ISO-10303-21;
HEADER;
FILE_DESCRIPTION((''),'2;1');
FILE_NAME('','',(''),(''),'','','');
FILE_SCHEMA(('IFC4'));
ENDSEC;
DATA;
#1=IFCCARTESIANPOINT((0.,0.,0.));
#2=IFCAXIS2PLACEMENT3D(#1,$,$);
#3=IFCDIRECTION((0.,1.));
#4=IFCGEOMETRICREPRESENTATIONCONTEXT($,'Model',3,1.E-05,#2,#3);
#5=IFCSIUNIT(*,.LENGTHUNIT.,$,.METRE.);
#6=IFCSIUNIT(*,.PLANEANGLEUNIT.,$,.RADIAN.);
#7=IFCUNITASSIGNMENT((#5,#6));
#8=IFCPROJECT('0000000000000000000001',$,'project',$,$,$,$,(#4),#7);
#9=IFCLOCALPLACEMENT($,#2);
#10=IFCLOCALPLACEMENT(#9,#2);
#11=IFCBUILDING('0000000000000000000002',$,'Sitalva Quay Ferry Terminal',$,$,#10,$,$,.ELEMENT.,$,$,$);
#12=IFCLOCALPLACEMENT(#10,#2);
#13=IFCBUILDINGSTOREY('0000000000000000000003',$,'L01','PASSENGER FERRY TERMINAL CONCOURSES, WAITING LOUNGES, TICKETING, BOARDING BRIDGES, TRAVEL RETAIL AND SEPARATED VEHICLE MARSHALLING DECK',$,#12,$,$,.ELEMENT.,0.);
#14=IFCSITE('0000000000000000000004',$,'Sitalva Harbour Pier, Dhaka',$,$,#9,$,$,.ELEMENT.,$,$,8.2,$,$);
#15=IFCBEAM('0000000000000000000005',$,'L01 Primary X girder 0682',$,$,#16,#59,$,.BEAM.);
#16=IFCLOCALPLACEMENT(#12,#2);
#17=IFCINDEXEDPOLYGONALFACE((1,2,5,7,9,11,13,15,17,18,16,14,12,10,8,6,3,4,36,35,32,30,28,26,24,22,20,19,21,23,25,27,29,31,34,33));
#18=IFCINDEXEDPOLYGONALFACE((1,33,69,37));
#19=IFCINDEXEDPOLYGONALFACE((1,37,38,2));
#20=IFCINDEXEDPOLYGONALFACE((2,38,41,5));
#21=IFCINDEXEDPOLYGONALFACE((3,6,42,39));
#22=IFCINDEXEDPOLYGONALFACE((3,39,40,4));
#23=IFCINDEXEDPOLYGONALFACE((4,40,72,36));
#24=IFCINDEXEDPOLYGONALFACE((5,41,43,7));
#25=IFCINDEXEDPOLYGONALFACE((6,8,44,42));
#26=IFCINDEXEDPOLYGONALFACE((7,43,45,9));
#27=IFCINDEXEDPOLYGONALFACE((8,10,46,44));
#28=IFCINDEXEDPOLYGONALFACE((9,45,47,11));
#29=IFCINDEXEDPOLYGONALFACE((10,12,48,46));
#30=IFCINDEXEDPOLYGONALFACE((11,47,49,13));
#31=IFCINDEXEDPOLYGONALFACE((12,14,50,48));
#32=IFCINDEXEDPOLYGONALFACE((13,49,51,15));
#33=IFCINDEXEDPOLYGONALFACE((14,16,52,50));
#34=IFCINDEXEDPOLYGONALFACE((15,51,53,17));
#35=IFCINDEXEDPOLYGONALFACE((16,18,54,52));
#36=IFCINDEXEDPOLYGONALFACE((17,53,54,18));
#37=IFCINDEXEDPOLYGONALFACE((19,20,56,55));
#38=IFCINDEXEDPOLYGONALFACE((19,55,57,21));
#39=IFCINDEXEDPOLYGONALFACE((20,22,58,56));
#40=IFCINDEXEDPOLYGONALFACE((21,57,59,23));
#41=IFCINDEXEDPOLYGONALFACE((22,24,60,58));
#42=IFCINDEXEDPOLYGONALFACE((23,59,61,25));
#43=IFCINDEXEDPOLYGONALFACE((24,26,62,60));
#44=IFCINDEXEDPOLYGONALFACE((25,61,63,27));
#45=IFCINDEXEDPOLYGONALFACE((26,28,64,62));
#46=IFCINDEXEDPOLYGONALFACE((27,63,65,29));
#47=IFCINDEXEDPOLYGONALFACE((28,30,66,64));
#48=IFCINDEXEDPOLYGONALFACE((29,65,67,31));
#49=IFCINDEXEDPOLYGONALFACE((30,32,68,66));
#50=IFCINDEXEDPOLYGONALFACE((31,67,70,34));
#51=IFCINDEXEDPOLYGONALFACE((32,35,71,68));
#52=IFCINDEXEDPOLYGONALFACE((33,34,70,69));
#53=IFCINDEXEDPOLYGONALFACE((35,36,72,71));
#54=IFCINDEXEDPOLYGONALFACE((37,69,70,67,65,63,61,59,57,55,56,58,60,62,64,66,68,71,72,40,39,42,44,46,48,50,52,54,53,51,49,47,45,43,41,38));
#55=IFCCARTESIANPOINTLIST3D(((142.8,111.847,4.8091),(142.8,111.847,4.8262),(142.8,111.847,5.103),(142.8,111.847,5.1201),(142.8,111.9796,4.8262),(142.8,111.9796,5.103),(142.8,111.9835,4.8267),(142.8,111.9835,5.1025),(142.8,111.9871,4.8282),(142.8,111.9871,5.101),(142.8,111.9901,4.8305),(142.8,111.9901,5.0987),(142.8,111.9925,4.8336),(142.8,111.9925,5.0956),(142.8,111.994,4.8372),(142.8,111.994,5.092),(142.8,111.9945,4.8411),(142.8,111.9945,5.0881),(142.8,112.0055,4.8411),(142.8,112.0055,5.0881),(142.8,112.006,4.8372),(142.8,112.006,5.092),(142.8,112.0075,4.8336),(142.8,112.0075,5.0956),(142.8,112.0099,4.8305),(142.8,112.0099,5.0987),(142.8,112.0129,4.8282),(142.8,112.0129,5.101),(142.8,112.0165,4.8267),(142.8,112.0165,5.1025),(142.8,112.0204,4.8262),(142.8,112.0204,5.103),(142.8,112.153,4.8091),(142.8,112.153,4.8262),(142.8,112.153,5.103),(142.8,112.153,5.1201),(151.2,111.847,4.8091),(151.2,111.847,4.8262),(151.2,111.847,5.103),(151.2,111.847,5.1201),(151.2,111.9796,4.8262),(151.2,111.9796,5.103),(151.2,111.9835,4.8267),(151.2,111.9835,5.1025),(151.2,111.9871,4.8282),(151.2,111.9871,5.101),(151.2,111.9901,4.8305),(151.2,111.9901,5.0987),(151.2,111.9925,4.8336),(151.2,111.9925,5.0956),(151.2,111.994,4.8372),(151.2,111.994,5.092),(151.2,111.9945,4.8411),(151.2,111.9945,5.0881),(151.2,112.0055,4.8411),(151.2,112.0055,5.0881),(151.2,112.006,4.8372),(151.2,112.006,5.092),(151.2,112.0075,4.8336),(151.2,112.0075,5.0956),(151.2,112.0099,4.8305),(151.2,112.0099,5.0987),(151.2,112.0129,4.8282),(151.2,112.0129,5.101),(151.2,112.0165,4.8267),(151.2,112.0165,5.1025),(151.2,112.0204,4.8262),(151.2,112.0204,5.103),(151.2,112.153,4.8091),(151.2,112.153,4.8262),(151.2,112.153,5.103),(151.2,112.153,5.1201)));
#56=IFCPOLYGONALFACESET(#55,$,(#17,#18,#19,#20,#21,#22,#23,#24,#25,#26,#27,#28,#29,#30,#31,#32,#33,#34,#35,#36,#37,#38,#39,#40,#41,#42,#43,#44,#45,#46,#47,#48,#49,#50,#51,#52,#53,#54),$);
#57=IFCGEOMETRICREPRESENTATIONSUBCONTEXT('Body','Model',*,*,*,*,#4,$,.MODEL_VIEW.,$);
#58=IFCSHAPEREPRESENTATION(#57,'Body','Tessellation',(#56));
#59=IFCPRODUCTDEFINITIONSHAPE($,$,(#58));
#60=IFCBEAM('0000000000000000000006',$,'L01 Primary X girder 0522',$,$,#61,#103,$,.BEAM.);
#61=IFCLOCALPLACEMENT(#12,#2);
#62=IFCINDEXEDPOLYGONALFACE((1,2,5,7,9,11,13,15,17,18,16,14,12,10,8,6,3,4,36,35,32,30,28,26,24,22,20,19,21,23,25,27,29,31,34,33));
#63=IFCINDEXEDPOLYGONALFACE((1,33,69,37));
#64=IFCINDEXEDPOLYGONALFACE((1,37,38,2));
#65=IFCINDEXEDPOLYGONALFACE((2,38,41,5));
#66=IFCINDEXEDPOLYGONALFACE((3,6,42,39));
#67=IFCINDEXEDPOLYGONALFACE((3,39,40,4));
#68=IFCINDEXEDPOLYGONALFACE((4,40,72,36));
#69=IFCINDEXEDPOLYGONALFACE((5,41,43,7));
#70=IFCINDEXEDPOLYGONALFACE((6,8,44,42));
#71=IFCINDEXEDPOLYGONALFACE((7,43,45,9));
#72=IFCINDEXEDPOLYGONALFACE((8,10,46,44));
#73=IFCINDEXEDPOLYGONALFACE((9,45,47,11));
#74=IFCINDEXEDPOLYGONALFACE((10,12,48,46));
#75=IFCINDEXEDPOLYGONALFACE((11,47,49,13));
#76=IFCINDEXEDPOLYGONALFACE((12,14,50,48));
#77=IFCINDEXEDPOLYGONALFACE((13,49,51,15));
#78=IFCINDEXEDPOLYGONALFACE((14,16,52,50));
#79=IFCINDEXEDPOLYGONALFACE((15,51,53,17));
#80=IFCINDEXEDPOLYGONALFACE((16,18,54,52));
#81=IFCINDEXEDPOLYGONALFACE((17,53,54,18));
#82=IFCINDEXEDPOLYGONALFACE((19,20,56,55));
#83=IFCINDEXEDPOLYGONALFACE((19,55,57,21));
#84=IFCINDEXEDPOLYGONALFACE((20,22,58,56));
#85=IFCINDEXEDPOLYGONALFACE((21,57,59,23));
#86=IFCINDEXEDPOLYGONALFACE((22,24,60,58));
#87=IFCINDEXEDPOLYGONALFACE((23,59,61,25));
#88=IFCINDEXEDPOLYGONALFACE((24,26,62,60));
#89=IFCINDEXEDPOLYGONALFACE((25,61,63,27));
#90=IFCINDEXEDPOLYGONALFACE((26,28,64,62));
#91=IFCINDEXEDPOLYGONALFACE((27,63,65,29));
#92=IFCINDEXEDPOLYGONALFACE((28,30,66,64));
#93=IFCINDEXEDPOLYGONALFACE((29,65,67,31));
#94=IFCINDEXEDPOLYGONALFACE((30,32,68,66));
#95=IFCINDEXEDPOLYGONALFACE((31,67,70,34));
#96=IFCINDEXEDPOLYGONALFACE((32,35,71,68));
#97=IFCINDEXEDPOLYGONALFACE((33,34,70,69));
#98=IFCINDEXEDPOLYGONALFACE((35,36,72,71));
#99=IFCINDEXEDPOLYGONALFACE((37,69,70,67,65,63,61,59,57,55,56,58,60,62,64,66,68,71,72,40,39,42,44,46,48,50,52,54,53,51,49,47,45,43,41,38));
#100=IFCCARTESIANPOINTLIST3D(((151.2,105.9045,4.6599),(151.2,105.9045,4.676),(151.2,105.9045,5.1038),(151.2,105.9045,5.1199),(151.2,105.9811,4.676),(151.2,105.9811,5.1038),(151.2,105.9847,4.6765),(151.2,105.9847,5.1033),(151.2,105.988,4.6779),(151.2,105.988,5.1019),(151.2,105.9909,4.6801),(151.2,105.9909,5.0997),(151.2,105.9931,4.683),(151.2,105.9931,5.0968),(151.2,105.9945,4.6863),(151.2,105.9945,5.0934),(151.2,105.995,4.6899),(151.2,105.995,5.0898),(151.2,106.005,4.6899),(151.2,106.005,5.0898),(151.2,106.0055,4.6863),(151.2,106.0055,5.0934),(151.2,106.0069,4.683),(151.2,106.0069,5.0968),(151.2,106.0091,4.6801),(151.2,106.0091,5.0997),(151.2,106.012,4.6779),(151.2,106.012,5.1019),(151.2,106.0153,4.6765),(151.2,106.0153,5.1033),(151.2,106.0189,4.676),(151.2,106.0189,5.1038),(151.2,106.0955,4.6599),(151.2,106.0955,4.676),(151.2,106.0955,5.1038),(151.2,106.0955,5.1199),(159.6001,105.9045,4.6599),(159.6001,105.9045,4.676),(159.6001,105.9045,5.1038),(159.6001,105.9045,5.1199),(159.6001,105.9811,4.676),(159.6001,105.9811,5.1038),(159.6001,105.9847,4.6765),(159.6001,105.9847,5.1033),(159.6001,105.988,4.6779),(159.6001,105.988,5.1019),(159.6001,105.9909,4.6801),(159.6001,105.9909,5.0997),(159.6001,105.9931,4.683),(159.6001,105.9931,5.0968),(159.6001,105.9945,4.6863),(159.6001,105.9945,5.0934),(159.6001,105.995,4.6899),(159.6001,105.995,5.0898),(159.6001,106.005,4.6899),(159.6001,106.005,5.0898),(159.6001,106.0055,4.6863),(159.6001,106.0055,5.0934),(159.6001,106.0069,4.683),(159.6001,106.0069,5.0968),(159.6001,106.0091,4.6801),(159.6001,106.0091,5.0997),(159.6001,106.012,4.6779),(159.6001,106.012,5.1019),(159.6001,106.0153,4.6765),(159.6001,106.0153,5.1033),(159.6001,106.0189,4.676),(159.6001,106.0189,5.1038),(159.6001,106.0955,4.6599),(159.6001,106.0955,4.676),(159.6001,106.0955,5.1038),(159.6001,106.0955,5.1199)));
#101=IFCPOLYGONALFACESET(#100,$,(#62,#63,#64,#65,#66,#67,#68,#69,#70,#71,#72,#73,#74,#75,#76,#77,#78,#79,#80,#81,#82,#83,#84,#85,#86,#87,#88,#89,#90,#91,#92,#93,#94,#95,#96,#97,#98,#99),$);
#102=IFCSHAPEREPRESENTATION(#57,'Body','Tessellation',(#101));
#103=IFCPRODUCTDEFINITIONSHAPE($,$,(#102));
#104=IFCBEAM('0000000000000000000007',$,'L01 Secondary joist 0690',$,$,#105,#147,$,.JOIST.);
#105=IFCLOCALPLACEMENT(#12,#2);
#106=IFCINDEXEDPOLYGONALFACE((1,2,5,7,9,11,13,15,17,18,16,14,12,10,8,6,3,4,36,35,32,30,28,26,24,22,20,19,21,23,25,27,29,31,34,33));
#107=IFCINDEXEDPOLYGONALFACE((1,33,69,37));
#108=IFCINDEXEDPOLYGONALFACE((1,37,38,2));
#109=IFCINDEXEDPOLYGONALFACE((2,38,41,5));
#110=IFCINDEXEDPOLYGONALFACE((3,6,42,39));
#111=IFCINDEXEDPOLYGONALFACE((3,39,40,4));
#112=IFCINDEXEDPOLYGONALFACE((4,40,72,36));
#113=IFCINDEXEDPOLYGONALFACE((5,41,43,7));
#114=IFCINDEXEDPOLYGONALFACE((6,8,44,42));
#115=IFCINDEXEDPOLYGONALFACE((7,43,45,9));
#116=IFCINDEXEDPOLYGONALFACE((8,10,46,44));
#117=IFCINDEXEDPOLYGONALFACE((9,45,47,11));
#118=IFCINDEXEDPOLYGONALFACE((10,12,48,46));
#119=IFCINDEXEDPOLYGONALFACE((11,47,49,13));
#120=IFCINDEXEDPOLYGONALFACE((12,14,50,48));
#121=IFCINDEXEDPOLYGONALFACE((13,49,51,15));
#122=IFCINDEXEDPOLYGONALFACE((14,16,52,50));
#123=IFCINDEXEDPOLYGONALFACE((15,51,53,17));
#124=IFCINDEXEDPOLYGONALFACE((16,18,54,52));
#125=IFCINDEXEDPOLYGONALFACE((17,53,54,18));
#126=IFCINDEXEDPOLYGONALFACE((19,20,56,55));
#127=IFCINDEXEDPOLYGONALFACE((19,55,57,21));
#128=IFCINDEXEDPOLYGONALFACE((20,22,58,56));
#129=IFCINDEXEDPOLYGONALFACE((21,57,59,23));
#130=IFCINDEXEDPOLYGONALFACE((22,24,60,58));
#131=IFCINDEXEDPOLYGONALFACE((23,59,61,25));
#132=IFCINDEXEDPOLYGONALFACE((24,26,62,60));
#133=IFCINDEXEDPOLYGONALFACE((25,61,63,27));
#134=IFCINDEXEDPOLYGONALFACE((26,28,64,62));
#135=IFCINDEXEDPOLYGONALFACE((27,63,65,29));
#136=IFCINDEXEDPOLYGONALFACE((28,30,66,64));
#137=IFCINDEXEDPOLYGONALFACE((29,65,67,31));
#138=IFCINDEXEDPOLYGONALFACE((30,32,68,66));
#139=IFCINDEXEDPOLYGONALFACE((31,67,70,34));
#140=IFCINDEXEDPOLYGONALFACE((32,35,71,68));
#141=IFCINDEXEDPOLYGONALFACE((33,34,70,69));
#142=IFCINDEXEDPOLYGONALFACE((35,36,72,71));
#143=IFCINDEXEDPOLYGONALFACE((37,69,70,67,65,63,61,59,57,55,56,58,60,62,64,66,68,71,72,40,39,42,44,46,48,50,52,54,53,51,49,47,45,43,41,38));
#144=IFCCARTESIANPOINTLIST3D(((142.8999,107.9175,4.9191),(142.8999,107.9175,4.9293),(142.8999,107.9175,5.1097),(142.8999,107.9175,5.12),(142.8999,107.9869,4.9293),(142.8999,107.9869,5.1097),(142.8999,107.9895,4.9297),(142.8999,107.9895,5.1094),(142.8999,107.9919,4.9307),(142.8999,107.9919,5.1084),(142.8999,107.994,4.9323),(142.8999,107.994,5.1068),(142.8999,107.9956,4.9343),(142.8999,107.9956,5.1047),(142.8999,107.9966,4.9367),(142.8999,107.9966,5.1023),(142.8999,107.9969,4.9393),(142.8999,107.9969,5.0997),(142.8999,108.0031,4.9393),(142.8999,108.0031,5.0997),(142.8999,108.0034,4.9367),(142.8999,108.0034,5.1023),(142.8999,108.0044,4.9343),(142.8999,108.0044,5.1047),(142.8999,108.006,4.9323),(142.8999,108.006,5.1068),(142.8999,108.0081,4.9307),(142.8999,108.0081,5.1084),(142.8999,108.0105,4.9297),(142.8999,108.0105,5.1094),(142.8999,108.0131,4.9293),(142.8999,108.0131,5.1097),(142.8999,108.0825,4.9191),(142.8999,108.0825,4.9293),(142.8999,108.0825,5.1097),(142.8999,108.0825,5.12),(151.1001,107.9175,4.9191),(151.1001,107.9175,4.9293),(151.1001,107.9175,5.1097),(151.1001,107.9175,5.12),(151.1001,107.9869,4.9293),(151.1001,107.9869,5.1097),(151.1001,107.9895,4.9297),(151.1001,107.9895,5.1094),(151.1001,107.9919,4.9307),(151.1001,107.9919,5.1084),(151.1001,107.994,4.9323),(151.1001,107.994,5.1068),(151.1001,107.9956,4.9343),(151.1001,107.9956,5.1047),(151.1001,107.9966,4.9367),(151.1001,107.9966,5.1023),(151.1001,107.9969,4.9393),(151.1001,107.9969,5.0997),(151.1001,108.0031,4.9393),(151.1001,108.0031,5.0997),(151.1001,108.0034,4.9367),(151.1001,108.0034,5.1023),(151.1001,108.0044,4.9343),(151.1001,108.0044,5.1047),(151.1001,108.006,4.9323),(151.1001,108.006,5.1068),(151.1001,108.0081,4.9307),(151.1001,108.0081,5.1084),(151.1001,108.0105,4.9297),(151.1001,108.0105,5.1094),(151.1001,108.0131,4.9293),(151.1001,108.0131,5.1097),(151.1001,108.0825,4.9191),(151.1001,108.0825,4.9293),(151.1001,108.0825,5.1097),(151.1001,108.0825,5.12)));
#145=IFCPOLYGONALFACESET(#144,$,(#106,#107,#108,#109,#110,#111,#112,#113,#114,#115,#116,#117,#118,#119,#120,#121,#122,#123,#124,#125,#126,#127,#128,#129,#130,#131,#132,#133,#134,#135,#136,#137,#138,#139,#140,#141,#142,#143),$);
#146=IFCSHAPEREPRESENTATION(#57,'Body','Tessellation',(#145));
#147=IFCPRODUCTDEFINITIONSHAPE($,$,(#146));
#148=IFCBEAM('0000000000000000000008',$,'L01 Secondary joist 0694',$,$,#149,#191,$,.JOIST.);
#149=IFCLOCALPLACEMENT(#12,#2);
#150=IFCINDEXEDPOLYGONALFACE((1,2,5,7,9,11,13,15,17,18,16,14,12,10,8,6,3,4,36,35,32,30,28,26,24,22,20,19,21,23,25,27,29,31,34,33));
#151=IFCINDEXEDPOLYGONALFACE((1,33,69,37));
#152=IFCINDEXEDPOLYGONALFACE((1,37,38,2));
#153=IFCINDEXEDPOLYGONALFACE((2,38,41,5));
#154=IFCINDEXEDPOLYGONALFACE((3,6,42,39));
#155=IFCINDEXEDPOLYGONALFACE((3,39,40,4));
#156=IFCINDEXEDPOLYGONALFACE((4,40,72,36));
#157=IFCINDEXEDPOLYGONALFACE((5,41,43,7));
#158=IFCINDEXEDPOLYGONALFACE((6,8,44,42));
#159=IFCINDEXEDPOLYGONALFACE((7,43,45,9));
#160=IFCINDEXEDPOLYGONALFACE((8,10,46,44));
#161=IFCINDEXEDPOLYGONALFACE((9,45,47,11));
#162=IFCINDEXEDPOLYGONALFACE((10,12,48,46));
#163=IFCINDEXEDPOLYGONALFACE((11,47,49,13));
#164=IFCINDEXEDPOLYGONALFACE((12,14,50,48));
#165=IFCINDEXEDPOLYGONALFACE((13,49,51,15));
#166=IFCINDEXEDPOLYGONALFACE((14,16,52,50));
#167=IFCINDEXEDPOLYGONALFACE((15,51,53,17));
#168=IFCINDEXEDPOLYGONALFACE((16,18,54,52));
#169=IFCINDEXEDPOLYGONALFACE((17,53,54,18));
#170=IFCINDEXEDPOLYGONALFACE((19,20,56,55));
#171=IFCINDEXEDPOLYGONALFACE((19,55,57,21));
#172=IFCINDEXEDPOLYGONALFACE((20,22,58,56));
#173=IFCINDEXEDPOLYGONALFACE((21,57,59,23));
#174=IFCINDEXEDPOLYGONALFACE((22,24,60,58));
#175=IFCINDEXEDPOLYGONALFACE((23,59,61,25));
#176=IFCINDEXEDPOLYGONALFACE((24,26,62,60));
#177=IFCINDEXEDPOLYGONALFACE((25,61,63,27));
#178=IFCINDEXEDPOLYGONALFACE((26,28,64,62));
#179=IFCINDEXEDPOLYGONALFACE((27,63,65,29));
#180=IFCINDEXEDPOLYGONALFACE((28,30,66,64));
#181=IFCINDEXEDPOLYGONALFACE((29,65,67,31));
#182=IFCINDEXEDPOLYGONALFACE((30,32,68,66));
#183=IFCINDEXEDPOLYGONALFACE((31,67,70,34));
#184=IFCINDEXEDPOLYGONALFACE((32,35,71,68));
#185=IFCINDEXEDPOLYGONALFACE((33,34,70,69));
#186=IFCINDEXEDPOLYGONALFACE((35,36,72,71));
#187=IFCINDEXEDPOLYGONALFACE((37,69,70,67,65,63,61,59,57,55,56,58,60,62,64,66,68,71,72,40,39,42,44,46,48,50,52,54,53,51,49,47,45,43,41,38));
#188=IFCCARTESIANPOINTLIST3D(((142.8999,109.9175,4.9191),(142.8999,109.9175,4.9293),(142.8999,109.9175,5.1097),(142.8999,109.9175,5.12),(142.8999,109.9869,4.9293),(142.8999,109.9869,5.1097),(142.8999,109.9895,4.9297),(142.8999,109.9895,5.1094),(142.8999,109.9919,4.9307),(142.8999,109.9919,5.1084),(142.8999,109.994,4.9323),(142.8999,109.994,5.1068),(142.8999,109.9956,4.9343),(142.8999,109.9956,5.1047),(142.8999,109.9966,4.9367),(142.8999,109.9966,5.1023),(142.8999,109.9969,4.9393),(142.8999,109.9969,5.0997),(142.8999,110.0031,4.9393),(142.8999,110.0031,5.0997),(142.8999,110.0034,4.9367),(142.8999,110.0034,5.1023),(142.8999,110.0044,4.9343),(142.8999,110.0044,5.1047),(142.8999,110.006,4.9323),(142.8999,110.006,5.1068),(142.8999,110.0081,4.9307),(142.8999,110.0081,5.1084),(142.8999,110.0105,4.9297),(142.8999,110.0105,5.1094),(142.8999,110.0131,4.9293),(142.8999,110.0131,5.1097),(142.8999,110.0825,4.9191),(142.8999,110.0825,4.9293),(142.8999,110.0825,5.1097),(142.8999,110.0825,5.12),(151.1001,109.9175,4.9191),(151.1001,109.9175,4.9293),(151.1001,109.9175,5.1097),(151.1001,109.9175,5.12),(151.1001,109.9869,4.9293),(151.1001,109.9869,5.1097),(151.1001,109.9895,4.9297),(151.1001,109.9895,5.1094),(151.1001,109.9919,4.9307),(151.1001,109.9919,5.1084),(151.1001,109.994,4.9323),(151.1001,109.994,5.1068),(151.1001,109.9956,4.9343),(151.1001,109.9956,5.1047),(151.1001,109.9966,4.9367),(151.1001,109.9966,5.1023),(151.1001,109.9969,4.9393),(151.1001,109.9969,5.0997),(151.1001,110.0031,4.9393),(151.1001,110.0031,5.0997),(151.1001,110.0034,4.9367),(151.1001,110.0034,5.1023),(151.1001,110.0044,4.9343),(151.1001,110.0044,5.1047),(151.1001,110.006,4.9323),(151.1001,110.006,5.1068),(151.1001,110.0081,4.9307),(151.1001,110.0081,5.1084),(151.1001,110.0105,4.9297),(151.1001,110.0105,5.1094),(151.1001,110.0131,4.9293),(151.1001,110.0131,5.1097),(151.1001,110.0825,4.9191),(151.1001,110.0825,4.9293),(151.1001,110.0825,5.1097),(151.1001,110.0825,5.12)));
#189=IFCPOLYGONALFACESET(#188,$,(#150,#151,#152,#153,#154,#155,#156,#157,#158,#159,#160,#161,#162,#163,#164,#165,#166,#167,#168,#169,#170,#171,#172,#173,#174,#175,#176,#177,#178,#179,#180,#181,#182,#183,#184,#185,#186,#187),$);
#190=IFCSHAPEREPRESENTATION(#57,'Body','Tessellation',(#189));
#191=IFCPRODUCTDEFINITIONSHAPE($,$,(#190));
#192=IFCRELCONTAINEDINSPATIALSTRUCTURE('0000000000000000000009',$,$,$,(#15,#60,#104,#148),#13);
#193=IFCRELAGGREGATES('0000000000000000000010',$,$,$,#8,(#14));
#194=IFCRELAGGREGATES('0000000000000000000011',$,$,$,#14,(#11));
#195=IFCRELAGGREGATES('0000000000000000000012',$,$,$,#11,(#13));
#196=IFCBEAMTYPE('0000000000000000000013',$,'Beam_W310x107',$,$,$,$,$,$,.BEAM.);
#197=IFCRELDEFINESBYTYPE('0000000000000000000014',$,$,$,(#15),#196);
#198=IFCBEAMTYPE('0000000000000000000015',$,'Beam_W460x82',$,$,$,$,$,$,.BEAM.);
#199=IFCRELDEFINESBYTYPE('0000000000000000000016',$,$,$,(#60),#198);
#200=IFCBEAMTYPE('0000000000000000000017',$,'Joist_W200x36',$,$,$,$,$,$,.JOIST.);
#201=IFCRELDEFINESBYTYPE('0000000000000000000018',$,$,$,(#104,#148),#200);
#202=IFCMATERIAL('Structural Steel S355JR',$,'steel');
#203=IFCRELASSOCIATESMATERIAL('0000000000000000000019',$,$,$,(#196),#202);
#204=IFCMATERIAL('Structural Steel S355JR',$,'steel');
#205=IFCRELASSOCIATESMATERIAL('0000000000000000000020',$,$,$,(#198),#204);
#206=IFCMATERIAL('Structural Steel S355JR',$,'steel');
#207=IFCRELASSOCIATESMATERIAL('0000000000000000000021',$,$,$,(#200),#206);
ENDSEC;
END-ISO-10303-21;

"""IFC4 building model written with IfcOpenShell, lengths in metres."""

from ifc_helpers import new_model, si_unit, direction, frame, origin, origin_2d, place, context, subcontext, project, spatial, i_section, extrude, material, material_profile, profile_set, type_object, element, save


model = new_model("IFC4")

# Units and contexts
model_context = context("Model", 3, precision=1e-05, world=origin(), true_north=direction((0.0, 1.0)))
body_context = subcontext(model_context, "Body", "Model", "MODEL_VIEW")
ifc_project = project(units=[si_unit("LENGTHUNIT", "METRE"), si_unit("PLANEANGLEUNIT", "RADIAN")], contexts=[model_context])

# Site, building, storey
site_placement = place(None, origin())
site = spatial("IfcSite", under=ifc_project, at=site_placement, Name="Sitalva Harbour Pier, Dhaka", CompositionType="ELEMENT", RefElevation=8.2)
building_placement = place(site_placement, origin())
building = spatial("IfcBuilding", under=site, at=building_placement, Name="Sitalva Quay Ferry Terminal", CompositionType="ELEMENT")
storey_placement = place(building_placement, origin())
storey = spatial("IfcBuildingStorey", under=building, at=storey_placement, Name="L01", Description="PASSENGER FERRY TERMINAL CONCOURSES, WAITING LOUNGES, TICKETING, BOARDING BRIDGES, TRAVEL RETAIL AND SEPARATED VEHICLE MARSHALLING DECK", CompositionType="ELEMENT", Elevation=0.0)

# Beams
ifc_material_1 = material(Name="Structural Steel S355JR", Category="steel")
ifc_material_profile_1 = material_profile(ifc_material_1, i_section(OverallWidth=0.3059, OverallDepth=0.311, WebThickness=0.011, FlangeThickness=0.0171, FilletRadius=0.0149, at=origin_2d()), Name="W310x107")
ifc_profile_set_1 = profile_set([ifc_material_profile_1], Name="Structural Steel S355JR")
beam_type_1 = type_object("IfcBeamType", Name="Beam_W310x107", PredefinedType="BEAM", material=ifc_profile_set_1)
beam_1_placement = place(storey_placement, frame((142.8, 112.0, 4.9646), z_axis=(1.0, 0.0, 0.0), x_axis=(0.0, 1.0, 0.0)))
element("IfcBeam", 1, at=beam_1_placement, inside=storey, type_object=beam_type_1, Name="L01 Primary X girder 0682", PredefinedType="BEAM", context=body_context, shape_type="SweptSolid", body=[
    extrude(i_section(OverallWidth=0.3059, OverallDepth=0.311, WebThickness=0.011, FlangeThickness=0.0171, FilletRadius=0.0149, at=origin_2d()), origin(), (0.0, 0.0, 1.0), 8.3999),
])
ifc_material_2 = material(Name="Structural Steel S355JR", Category="steel")
ifc_material_profile_2 = material_profile(ifc_material_2, i_section(OverallWidth=0.1909, OverallDepth=0.46, WebThickness=0.01, FlangeThickness=0.0161, FilletRadius=0.0139, at=origin_2d()), Name="W460x82")
ifc_profile_set_2 = profile_set([ifc_material_profile_2], Name="Structural Steel S355JR")
beam_type_2 = type_object("IfcBeamType", Name="Beam_W460x82", PredefinedType="BEAM", material=ifc_profile_set_2)
beam_2_placement = place(storey_placement, frame((151.2, 106.0, 4.8899), z_axis=(1.0, 0.0, 0.0), x_axis=(0.0, 1.0, 0.0)))
element("IfcBeam", 2, at=beam_2_placement, inside=storey, type_object=beam_type_2, Name="L01 Primary X girder 0522", PredefinedType="BEAM", context=body_context, shape_type="SweptSolid", body=[
    extrude(i_section(OverallWidth=0.1909, OverallDepth=0.46, WebThickness=0.01, FlangeThickness=0.0161, FilletRadius=0.0139, at=origin_2d()), origin(), (0.0, 0.0, 1.0), 8.4001),
])
ifc_material_3 = material(Name="Structural Steel S355JR", Category="steel")
ifc_material_profile_3 = material_profile(ifc_material_3, i_section(OverallWidth=0.165, OverallDepth=0.2009, WebThickness=0.0061, FlangeThickness=0.0103, FilletRadius=0.01, at=origin_2d()), Name="W200x36")
ifc_profile_set_3 = profile_set([ifc_material_profile_3], Name="Structural Steel S355JR")
beam_type_3 = type_object("IfcBeamType", Name="Joist_W200x36", PredefinedType="JOIST", material=ifc_profile_set_3)
for number, where, z_axis, x_axis, name in (
    (3, (142.8999, 108.0, 5.0195), (1.0, 0.0, 0.0), (0.0, 1.0, 0.0), "L01 Secondary joist 0690"),
    (4, (142.8999, 110.0, 5.0195), (1.0, 0.0, 0.0), (0.0, 1.0, 0.0), "L01 Secondary joist 0694"),
):
    element("IfcBeam", number, at=place(storey_placement, frame(where, z_axis=z_axis, x_axis=x_axis)), inside=storey, type_object=beam_type_3, Name=name, PredefinedType="JOIST", context=body_context, shape_type="SweptSolid", body=[
        extrude(i_section(OverallWidth=0.165, OverallDepth=0.2009, WebThickness=0.0061, FlangeThickness=0.0103, FilletRadius=0.01, at=origin_2d()), origin(), (0.0, 0.0, 1.0), 8.2002),
    ])

save(model, "model.ifc")
